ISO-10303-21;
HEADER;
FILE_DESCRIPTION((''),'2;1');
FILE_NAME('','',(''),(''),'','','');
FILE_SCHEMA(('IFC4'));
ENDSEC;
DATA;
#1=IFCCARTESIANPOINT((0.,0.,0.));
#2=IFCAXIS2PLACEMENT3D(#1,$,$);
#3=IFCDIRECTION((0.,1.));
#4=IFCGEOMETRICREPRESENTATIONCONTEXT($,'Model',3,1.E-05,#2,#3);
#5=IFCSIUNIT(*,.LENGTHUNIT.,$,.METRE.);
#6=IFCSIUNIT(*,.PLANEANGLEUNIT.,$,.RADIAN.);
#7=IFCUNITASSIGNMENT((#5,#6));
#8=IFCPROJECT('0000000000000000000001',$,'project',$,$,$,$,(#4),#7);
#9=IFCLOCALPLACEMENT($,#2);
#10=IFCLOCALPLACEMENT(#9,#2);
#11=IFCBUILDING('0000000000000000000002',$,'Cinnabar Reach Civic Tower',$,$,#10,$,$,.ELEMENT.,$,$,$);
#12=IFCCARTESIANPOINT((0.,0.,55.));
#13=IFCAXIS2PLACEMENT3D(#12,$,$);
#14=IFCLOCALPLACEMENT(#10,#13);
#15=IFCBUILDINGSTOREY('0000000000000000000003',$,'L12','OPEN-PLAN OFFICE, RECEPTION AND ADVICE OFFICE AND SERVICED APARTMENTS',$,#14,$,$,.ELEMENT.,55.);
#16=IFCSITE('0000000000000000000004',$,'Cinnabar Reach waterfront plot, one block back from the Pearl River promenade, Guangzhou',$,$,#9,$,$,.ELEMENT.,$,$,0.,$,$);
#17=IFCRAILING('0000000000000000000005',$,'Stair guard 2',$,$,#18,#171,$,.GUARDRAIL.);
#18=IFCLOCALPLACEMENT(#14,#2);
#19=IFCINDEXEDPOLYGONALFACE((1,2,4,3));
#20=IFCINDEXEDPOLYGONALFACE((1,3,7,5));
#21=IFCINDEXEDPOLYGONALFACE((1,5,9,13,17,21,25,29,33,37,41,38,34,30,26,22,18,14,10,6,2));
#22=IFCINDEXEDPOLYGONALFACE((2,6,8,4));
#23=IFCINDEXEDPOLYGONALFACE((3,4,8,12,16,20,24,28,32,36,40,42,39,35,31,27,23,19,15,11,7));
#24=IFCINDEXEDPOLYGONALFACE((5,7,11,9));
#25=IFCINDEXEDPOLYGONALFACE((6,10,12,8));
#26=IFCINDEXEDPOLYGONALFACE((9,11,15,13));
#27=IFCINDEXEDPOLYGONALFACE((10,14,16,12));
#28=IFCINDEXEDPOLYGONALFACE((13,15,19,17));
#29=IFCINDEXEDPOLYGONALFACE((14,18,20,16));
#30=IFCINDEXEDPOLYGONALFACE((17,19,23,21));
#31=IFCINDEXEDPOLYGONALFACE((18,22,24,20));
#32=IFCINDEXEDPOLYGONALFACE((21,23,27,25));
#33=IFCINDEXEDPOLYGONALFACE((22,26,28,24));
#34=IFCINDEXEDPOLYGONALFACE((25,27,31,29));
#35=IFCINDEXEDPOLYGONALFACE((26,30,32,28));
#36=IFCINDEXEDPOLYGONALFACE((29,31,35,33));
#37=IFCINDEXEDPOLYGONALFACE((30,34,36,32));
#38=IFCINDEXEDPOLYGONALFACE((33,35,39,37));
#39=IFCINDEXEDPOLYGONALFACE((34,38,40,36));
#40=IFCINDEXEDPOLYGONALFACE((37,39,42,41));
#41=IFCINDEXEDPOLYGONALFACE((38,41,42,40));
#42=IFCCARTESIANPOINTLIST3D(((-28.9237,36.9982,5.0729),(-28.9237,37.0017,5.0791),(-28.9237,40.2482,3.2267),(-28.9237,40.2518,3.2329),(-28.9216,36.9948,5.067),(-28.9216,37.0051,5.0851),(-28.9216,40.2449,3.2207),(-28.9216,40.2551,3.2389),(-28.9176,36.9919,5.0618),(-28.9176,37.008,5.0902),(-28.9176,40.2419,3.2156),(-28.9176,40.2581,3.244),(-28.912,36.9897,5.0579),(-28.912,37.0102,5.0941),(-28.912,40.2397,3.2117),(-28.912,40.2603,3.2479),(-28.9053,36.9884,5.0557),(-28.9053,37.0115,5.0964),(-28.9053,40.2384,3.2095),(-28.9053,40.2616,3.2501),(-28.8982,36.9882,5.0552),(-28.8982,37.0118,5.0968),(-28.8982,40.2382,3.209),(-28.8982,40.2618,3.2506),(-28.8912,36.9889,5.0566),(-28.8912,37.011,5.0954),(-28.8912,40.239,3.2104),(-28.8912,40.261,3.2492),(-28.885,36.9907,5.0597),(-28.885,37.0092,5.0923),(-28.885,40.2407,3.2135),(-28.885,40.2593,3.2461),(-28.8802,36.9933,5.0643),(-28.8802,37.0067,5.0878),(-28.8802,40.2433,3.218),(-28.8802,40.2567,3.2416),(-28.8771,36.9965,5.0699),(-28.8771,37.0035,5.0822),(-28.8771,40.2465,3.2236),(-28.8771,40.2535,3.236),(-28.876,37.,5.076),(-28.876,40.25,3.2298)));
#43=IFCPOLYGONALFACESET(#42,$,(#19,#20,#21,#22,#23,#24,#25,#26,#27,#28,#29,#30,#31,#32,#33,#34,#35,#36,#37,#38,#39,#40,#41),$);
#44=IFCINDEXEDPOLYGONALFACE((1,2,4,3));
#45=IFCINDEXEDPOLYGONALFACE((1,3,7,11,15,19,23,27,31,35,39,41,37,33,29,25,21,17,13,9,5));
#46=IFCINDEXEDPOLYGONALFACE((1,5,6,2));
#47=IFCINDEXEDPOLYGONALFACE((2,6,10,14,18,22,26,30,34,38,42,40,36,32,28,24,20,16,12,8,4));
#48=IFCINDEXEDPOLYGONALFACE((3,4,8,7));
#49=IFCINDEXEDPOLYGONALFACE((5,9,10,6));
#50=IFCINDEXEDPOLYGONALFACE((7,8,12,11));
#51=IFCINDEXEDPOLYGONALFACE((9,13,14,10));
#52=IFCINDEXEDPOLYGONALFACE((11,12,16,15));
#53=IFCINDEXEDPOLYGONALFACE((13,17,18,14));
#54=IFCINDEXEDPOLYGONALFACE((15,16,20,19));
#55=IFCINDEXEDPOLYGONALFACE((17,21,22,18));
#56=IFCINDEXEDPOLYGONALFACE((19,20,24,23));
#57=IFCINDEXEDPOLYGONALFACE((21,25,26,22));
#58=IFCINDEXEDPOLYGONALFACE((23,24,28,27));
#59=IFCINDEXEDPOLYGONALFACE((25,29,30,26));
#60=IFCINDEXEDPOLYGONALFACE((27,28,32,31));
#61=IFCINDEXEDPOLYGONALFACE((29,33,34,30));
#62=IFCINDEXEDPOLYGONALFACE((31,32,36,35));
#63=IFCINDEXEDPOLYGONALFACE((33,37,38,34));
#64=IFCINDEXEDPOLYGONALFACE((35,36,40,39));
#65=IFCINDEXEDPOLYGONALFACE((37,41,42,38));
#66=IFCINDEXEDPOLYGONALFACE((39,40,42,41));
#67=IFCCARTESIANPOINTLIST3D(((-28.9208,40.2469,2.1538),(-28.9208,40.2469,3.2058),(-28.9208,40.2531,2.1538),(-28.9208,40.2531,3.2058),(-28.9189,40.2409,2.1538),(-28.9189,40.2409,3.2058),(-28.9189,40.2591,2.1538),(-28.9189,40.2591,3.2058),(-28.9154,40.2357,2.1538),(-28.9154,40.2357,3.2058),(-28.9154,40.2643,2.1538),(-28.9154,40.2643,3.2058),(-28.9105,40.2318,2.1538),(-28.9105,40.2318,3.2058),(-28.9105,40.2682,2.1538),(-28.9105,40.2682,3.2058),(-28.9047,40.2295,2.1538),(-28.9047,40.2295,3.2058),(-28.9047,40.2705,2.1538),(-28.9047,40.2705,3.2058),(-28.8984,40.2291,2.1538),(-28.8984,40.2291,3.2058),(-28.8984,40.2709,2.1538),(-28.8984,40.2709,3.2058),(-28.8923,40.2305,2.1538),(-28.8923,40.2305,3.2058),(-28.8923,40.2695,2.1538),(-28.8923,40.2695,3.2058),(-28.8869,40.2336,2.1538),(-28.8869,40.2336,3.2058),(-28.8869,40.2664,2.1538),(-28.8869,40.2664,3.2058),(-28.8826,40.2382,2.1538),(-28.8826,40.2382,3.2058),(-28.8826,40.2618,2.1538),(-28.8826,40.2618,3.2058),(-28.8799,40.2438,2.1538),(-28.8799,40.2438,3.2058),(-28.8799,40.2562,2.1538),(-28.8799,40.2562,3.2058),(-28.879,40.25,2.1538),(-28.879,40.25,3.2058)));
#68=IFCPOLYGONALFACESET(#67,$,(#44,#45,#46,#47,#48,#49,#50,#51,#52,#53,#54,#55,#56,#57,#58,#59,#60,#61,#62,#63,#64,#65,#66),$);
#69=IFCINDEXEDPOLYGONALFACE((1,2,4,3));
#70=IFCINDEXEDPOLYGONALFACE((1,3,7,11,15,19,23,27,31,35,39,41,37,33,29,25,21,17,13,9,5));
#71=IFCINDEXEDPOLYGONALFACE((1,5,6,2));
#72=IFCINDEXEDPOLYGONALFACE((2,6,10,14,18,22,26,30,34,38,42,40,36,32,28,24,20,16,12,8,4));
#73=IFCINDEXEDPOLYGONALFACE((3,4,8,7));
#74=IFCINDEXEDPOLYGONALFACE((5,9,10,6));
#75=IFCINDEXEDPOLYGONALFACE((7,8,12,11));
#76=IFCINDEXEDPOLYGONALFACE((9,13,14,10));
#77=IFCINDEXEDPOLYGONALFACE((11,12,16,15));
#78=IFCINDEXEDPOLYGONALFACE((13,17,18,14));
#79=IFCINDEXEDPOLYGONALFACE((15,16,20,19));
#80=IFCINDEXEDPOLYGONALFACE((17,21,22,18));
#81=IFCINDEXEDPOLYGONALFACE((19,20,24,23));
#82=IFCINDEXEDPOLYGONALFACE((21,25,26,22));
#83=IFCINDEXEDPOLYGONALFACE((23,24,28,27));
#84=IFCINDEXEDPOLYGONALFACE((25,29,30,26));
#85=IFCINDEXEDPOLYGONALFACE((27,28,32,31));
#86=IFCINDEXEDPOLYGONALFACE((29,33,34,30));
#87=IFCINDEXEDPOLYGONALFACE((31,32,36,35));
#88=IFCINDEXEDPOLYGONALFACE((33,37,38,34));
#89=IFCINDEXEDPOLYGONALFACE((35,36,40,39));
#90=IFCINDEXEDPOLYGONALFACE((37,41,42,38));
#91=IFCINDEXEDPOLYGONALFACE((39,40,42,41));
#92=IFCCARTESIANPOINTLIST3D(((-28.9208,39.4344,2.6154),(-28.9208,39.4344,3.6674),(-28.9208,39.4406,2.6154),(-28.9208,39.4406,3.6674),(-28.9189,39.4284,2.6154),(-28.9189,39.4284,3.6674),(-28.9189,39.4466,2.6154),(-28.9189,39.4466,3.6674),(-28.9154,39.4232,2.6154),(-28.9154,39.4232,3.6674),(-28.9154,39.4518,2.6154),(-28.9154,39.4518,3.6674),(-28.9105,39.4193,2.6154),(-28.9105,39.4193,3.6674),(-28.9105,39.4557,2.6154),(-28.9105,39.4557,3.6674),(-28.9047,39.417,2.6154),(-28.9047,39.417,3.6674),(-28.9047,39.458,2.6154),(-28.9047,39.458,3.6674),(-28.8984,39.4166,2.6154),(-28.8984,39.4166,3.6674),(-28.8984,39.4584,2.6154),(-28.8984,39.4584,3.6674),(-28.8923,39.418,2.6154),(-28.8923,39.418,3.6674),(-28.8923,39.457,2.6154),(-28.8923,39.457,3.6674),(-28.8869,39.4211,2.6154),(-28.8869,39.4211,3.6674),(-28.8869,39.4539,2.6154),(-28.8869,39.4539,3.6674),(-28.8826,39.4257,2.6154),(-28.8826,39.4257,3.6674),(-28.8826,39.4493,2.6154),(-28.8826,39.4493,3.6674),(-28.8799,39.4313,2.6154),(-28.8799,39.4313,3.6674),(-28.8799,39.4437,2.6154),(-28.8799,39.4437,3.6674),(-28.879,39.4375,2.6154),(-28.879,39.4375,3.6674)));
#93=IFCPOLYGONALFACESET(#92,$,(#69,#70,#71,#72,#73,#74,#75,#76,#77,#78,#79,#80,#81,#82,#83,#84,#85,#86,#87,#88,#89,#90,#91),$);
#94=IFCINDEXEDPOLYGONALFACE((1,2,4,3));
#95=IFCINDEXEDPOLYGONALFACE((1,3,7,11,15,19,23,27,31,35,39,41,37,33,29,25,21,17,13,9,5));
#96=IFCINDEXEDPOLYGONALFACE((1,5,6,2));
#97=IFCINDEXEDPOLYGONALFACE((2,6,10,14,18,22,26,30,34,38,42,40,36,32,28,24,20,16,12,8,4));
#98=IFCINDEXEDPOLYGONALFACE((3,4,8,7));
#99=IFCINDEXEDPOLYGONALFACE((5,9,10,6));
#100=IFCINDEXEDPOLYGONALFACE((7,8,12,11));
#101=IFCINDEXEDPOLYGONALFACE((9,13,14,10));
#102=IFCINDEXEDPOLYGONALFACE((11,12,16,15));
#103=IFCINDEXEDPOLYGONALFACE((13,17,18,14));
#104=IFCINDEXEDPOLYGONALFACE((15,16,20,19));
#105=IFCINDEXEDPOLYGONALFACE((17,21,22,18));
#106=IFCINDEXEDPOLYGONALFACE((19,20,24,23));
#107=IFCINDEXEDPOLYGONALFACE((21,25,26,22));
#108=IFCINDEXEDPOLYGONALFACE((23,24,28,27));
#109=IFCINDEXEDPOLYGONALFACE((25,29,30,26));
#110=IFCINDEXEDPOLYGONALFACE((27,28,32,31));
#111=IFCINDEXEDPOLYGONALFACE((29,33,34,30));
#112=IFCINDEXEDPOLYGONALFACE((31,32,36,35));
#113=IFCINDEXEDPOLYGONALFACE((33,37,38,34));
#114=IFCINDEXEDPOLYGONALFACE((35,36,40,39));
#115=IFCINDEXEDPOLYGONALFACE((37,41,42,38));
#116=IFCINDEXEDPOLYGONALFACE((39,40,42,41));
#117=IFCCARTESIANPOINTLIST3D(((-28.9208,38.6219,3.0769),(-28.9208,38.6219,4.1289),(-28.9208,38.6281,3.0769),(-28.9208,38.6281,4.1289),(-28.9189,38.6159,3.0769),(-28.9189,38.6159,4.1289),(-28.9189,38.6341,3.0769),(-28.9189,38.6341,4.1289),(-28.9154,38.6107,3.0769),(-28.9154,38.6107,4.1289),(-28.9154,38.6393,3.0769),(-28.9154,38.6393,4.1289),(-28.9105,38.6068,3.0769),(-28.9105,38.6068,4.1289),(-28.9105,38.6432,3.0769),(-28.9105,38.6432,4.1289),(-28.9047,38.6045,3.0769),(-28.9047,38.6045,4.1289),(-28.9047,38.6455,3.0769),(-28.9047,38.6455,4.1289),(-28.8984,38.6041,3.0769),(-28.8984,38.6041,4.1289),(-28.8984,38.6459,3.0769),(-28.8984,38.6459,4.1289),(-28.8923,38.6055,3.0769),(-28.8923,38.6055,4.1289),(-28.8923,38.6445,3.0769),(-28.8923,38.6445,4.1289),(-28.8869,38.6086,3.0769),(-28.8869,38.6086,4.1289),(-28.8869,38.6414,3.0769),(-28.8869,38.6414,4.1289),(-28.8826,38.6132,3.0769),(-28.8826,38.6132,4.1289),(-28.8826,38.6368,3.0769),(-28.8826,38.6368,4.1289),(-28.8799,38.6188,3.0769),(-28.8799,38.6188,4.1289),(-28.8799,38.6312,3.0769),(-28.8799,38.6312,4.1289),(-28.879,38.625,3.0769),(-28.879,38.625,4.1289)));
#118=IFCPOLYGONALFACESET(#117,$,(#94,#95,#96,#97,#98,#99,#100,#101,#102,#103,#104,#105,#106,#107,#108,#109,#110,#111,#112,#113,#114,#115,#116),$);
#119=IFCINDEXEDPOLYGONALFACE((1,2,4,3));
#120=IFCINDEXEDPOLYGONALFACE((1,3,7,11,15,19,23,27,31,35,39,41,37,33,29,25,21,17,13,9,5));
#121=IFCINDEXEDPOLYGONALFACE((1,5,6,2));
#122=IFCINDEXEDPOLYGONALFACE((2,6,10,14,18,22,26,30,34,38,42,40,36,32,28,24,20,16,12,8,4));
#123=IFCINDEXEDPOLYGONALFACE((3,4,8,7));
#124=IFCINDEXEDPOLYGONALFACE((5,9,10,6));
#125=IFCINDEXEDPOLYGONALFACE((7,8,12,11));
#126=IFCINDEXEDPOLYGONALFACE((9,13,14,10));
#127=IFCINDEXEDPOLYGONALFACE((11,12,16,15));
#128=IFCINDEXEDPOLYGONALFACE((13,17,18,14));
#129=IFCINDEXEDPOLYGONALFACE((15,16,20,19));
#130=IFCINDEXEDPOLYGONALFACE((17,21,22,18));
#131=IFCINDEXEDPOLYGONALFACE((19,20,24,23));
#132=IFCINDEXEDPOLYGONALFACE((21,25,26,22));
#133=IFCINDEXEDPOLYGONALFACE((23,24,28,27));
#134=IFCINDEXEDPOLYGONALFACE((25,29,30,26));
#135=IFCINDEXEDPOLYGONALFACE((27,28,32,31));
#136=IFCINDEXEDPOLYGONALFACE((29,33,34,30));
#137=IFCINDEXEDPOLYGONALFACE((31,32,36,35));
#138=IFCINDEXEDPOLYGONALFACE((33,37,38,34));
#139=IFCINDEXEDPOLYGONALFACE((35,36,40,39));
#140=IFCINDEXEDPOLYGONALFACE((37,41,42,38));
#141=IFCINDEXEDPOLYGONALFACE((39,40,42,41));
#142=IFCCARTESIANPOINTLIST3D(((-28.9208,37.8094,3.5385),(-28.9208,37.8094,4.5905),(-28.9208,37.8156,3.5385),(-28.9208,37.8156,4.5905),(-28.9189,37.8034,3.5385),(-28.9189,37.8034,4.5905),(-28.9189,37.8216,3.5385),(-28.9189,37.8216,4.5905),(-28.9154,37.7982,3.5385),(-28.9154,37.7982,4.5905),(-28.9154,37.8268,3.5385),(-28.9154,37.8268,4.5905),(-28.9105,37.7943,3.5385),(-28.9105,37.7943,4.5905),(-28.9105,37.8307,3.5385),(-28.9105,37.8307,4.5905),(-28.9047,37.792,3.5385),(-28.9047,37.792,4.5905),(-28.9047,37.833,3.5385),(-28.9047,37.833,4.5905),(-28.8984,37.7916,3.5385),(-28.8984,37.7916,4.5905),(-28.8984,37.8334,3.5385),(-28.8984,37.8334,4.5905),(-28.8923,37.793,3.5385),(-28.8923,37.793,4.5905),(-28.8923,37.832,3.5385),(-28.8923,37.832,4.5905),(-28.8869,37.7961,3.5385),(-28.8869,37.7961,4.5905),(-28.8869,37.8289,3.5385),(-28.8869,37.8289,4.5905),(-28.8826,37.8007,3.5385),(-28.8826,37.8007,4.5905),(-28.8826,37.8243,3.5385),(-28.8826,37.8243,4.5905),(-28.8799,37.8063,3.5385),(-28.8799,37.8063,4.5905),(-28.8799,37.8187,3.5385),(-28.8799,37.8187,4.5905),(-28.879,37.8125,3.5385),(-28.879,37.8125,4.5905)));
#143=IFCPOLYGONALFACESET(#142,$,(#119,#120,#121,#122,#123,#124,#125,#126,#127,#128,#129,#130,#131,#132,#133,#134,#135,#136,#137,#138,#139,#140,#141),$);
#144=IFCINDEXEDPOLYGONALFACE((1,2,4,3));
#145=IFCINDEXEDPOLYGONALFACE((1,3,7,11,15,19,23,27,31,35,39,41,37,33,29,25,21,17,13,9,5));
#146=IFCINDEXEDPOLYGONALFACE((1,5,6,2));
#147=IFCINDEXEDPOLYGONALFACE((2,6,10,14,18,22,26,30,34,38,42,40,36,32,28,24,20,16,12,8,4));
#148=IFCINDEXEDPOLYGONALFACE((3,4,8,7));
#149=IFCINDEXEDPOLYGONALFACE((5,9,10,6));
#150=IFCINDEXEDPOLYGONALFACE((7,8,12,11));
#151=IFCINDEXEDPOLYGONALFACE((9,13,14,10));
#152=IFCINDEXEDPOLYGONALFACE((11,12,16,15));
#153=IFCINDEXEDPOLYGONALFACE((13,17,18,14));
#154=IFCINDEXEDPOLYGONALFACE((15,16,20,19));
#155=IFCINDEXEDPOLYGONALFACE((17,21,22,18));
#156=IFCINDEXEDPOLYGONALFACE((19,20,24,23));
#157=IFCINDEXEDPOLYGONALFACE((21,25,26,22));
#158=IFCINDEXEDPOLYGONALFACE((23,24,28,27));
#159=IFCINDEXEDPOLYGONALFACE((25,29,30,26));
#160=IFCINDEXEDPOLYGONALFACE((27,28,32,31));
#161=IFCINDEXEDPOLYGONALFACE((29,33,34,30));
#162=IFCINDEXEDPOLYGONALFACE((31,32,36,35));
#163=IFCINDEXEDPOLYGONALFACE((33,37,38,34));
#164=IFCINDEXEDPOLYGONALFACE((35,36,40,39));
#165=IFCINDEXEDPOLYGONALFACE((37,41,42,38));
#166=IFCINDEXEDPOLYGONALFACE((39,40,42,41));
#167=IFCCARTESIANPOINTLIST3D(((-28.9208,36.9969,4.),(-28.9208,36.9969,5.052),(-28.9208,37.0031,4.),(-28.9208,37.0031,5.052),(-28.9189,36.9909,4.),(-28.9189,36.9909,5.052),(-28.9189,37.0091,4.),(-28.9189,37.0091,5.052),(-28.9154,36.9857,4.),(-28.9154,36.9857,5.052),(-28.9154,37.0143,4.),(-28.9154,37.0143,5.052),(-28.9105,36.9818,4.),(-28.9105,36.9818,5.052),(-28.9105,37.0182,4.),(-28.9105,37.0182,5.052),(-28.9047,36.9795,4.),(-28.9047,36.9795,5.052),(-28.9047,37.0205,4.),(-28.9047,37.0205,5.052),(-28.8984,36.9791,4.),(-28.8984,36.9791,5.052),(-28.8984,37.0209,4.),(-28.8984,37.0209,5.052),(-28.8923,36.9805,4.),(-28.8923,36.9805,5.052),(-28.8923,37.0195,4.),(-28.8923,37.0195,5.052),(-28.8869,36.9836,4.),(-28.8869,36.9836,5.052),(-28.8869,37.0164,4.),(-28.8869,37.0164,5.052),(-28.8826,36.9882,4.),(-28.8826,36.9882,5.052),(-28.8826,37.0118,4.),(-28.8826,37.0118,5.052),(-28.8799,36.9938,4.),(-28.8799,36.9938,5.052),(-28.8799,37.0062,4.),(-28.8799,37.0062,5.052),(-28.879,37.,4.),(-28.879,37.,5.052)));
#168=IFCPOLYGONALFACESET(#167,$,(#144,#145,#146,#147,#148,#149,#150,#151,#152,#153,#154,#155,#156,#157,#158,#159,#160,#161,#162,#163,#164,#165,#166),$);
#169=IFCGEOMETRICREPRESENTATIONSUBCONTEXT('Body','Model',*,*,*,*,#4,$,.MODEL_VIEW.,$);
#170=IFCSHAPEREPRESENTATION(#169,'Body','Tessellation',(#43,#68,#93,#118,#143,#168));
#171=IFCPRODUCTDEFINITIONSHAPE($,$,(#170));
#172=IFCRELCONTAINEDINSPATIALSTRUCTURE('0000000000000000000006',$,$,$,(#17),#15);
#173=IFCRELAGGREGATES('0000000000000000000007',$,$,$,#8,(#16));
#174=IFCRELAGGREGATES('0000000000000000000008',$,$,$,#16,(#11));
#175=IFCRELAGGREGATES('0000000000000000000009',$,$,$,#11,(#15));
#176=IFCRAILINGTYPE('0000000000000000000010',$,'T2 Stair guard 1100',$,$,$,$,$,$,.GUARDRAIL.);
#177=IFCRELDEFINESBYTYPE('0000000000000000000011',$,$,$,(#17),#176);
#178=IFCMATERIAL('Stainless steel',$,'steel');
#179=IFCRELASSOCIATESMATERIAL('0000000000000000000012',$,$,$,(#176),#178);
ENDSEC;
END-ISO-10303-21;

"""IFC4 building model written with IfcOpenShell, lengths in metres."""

from ifc_helpers import new_model, si_unit, direction, frame, origin, origin_2d, place, context, subcontext, project, spatial, circle, extrude, material, type_object, element, save


model = new_model("IFC4")

# Units and contexts
model_context = context("Model", 3, precision=1e-05, world=origin(), true_north=direction((0.0, 1.0)))
body_context = subcontext(model_context, "Body", "Model", "MODEL_VIEW")
ifc_project = project(units=[si_unit("LENGTHUNIT", "METRE"), si_unit("PLANEANGLEUNIT", "RADIAN")], contexts=[model_context])

# Site, building, storey
site_placement = place(None, origin())
site = spatial("IfcSite", under=ifc_project, at=site_placement, Name="Cinnabar Reach waterfront plot, one block back from the Pearl River promenade, Guangzhou", CompositionType="ELEMENT", RefElevation=0.0)
building_placement = place(site_placement, origin())
building = spatial("IfcBuilding", under=site, at=building_placement, Name="Cinnabar Reach Civic Tower", CompositionType="ELEMENT")
storey_placement = place(building_placement, frame((0.0, 0.0, 55.0)))
storey = spatial("IfcBuildingStorey", under=building, at=storey_placement, Name="L12", Description="OPEN-PLAN OFFICE, RECEPTION AND ADVICE OFFICE AND SERVICED APARTMENTS", CompositionType="ELEMENT", Elevation=55.0)

# Railing
ifc_material_1 = material(Name="Stainless steel", Category="steel")
railing_type_1 = type_object("IfcRailingType", Name="T2 Stair guard 1100", PredefinedType="GUARDRAIL", material=ifc_material_1)
railing_1_placement = place(storey_placement, frame((-28.9, 40.25, 2.1538)))
element("IfcRailing", 1, at=railing_1_placement, inside=storey, type_object=railing_type_1, Name="Stair guard 2", PredefinedType="GUARDRAIL", context=body_context, shape_type="SweptSolid", body=[
    extrude(circle(Radius=0.024, at=origin_2d()), frame((0.0, 0.0, 1.076), z_axis=(0.0, -0.869501, 0.49393), x_axis=(1.0, 0.0, 0.0)), (0.0, 0.0, 1.0), 3.7378),
    extrude(circle(Radius=0.021, at=origin_2d()), origin(), (0.0, 0.0, 1.0), 1.052),
    extrude(circle(Radius=0.021, at=origin_2d()), frame((0.0, -0.8125, 0.4616)), (0.0, 0.0, 1.0), 1.052),
    extrude(circle(Radius=0.021, at=origin_2d()), frame((0.0, -1.625, 0.9231)), (0.0, 0.0, 1.0), 1.052),
    extrude(circle(Radius=0.021, at=origin_2d()), frame((0.0, -2.4375, 1.3847)), (0.0, 0.0, 1.0), 1.052),
    extrude(circle(Radius=0.021, at=origin_2d()), frame((0.0, -3.25, 1.8462)), (0.0, 0.0, 1.0), 1.052),
])

save(model, "model.ifc")
